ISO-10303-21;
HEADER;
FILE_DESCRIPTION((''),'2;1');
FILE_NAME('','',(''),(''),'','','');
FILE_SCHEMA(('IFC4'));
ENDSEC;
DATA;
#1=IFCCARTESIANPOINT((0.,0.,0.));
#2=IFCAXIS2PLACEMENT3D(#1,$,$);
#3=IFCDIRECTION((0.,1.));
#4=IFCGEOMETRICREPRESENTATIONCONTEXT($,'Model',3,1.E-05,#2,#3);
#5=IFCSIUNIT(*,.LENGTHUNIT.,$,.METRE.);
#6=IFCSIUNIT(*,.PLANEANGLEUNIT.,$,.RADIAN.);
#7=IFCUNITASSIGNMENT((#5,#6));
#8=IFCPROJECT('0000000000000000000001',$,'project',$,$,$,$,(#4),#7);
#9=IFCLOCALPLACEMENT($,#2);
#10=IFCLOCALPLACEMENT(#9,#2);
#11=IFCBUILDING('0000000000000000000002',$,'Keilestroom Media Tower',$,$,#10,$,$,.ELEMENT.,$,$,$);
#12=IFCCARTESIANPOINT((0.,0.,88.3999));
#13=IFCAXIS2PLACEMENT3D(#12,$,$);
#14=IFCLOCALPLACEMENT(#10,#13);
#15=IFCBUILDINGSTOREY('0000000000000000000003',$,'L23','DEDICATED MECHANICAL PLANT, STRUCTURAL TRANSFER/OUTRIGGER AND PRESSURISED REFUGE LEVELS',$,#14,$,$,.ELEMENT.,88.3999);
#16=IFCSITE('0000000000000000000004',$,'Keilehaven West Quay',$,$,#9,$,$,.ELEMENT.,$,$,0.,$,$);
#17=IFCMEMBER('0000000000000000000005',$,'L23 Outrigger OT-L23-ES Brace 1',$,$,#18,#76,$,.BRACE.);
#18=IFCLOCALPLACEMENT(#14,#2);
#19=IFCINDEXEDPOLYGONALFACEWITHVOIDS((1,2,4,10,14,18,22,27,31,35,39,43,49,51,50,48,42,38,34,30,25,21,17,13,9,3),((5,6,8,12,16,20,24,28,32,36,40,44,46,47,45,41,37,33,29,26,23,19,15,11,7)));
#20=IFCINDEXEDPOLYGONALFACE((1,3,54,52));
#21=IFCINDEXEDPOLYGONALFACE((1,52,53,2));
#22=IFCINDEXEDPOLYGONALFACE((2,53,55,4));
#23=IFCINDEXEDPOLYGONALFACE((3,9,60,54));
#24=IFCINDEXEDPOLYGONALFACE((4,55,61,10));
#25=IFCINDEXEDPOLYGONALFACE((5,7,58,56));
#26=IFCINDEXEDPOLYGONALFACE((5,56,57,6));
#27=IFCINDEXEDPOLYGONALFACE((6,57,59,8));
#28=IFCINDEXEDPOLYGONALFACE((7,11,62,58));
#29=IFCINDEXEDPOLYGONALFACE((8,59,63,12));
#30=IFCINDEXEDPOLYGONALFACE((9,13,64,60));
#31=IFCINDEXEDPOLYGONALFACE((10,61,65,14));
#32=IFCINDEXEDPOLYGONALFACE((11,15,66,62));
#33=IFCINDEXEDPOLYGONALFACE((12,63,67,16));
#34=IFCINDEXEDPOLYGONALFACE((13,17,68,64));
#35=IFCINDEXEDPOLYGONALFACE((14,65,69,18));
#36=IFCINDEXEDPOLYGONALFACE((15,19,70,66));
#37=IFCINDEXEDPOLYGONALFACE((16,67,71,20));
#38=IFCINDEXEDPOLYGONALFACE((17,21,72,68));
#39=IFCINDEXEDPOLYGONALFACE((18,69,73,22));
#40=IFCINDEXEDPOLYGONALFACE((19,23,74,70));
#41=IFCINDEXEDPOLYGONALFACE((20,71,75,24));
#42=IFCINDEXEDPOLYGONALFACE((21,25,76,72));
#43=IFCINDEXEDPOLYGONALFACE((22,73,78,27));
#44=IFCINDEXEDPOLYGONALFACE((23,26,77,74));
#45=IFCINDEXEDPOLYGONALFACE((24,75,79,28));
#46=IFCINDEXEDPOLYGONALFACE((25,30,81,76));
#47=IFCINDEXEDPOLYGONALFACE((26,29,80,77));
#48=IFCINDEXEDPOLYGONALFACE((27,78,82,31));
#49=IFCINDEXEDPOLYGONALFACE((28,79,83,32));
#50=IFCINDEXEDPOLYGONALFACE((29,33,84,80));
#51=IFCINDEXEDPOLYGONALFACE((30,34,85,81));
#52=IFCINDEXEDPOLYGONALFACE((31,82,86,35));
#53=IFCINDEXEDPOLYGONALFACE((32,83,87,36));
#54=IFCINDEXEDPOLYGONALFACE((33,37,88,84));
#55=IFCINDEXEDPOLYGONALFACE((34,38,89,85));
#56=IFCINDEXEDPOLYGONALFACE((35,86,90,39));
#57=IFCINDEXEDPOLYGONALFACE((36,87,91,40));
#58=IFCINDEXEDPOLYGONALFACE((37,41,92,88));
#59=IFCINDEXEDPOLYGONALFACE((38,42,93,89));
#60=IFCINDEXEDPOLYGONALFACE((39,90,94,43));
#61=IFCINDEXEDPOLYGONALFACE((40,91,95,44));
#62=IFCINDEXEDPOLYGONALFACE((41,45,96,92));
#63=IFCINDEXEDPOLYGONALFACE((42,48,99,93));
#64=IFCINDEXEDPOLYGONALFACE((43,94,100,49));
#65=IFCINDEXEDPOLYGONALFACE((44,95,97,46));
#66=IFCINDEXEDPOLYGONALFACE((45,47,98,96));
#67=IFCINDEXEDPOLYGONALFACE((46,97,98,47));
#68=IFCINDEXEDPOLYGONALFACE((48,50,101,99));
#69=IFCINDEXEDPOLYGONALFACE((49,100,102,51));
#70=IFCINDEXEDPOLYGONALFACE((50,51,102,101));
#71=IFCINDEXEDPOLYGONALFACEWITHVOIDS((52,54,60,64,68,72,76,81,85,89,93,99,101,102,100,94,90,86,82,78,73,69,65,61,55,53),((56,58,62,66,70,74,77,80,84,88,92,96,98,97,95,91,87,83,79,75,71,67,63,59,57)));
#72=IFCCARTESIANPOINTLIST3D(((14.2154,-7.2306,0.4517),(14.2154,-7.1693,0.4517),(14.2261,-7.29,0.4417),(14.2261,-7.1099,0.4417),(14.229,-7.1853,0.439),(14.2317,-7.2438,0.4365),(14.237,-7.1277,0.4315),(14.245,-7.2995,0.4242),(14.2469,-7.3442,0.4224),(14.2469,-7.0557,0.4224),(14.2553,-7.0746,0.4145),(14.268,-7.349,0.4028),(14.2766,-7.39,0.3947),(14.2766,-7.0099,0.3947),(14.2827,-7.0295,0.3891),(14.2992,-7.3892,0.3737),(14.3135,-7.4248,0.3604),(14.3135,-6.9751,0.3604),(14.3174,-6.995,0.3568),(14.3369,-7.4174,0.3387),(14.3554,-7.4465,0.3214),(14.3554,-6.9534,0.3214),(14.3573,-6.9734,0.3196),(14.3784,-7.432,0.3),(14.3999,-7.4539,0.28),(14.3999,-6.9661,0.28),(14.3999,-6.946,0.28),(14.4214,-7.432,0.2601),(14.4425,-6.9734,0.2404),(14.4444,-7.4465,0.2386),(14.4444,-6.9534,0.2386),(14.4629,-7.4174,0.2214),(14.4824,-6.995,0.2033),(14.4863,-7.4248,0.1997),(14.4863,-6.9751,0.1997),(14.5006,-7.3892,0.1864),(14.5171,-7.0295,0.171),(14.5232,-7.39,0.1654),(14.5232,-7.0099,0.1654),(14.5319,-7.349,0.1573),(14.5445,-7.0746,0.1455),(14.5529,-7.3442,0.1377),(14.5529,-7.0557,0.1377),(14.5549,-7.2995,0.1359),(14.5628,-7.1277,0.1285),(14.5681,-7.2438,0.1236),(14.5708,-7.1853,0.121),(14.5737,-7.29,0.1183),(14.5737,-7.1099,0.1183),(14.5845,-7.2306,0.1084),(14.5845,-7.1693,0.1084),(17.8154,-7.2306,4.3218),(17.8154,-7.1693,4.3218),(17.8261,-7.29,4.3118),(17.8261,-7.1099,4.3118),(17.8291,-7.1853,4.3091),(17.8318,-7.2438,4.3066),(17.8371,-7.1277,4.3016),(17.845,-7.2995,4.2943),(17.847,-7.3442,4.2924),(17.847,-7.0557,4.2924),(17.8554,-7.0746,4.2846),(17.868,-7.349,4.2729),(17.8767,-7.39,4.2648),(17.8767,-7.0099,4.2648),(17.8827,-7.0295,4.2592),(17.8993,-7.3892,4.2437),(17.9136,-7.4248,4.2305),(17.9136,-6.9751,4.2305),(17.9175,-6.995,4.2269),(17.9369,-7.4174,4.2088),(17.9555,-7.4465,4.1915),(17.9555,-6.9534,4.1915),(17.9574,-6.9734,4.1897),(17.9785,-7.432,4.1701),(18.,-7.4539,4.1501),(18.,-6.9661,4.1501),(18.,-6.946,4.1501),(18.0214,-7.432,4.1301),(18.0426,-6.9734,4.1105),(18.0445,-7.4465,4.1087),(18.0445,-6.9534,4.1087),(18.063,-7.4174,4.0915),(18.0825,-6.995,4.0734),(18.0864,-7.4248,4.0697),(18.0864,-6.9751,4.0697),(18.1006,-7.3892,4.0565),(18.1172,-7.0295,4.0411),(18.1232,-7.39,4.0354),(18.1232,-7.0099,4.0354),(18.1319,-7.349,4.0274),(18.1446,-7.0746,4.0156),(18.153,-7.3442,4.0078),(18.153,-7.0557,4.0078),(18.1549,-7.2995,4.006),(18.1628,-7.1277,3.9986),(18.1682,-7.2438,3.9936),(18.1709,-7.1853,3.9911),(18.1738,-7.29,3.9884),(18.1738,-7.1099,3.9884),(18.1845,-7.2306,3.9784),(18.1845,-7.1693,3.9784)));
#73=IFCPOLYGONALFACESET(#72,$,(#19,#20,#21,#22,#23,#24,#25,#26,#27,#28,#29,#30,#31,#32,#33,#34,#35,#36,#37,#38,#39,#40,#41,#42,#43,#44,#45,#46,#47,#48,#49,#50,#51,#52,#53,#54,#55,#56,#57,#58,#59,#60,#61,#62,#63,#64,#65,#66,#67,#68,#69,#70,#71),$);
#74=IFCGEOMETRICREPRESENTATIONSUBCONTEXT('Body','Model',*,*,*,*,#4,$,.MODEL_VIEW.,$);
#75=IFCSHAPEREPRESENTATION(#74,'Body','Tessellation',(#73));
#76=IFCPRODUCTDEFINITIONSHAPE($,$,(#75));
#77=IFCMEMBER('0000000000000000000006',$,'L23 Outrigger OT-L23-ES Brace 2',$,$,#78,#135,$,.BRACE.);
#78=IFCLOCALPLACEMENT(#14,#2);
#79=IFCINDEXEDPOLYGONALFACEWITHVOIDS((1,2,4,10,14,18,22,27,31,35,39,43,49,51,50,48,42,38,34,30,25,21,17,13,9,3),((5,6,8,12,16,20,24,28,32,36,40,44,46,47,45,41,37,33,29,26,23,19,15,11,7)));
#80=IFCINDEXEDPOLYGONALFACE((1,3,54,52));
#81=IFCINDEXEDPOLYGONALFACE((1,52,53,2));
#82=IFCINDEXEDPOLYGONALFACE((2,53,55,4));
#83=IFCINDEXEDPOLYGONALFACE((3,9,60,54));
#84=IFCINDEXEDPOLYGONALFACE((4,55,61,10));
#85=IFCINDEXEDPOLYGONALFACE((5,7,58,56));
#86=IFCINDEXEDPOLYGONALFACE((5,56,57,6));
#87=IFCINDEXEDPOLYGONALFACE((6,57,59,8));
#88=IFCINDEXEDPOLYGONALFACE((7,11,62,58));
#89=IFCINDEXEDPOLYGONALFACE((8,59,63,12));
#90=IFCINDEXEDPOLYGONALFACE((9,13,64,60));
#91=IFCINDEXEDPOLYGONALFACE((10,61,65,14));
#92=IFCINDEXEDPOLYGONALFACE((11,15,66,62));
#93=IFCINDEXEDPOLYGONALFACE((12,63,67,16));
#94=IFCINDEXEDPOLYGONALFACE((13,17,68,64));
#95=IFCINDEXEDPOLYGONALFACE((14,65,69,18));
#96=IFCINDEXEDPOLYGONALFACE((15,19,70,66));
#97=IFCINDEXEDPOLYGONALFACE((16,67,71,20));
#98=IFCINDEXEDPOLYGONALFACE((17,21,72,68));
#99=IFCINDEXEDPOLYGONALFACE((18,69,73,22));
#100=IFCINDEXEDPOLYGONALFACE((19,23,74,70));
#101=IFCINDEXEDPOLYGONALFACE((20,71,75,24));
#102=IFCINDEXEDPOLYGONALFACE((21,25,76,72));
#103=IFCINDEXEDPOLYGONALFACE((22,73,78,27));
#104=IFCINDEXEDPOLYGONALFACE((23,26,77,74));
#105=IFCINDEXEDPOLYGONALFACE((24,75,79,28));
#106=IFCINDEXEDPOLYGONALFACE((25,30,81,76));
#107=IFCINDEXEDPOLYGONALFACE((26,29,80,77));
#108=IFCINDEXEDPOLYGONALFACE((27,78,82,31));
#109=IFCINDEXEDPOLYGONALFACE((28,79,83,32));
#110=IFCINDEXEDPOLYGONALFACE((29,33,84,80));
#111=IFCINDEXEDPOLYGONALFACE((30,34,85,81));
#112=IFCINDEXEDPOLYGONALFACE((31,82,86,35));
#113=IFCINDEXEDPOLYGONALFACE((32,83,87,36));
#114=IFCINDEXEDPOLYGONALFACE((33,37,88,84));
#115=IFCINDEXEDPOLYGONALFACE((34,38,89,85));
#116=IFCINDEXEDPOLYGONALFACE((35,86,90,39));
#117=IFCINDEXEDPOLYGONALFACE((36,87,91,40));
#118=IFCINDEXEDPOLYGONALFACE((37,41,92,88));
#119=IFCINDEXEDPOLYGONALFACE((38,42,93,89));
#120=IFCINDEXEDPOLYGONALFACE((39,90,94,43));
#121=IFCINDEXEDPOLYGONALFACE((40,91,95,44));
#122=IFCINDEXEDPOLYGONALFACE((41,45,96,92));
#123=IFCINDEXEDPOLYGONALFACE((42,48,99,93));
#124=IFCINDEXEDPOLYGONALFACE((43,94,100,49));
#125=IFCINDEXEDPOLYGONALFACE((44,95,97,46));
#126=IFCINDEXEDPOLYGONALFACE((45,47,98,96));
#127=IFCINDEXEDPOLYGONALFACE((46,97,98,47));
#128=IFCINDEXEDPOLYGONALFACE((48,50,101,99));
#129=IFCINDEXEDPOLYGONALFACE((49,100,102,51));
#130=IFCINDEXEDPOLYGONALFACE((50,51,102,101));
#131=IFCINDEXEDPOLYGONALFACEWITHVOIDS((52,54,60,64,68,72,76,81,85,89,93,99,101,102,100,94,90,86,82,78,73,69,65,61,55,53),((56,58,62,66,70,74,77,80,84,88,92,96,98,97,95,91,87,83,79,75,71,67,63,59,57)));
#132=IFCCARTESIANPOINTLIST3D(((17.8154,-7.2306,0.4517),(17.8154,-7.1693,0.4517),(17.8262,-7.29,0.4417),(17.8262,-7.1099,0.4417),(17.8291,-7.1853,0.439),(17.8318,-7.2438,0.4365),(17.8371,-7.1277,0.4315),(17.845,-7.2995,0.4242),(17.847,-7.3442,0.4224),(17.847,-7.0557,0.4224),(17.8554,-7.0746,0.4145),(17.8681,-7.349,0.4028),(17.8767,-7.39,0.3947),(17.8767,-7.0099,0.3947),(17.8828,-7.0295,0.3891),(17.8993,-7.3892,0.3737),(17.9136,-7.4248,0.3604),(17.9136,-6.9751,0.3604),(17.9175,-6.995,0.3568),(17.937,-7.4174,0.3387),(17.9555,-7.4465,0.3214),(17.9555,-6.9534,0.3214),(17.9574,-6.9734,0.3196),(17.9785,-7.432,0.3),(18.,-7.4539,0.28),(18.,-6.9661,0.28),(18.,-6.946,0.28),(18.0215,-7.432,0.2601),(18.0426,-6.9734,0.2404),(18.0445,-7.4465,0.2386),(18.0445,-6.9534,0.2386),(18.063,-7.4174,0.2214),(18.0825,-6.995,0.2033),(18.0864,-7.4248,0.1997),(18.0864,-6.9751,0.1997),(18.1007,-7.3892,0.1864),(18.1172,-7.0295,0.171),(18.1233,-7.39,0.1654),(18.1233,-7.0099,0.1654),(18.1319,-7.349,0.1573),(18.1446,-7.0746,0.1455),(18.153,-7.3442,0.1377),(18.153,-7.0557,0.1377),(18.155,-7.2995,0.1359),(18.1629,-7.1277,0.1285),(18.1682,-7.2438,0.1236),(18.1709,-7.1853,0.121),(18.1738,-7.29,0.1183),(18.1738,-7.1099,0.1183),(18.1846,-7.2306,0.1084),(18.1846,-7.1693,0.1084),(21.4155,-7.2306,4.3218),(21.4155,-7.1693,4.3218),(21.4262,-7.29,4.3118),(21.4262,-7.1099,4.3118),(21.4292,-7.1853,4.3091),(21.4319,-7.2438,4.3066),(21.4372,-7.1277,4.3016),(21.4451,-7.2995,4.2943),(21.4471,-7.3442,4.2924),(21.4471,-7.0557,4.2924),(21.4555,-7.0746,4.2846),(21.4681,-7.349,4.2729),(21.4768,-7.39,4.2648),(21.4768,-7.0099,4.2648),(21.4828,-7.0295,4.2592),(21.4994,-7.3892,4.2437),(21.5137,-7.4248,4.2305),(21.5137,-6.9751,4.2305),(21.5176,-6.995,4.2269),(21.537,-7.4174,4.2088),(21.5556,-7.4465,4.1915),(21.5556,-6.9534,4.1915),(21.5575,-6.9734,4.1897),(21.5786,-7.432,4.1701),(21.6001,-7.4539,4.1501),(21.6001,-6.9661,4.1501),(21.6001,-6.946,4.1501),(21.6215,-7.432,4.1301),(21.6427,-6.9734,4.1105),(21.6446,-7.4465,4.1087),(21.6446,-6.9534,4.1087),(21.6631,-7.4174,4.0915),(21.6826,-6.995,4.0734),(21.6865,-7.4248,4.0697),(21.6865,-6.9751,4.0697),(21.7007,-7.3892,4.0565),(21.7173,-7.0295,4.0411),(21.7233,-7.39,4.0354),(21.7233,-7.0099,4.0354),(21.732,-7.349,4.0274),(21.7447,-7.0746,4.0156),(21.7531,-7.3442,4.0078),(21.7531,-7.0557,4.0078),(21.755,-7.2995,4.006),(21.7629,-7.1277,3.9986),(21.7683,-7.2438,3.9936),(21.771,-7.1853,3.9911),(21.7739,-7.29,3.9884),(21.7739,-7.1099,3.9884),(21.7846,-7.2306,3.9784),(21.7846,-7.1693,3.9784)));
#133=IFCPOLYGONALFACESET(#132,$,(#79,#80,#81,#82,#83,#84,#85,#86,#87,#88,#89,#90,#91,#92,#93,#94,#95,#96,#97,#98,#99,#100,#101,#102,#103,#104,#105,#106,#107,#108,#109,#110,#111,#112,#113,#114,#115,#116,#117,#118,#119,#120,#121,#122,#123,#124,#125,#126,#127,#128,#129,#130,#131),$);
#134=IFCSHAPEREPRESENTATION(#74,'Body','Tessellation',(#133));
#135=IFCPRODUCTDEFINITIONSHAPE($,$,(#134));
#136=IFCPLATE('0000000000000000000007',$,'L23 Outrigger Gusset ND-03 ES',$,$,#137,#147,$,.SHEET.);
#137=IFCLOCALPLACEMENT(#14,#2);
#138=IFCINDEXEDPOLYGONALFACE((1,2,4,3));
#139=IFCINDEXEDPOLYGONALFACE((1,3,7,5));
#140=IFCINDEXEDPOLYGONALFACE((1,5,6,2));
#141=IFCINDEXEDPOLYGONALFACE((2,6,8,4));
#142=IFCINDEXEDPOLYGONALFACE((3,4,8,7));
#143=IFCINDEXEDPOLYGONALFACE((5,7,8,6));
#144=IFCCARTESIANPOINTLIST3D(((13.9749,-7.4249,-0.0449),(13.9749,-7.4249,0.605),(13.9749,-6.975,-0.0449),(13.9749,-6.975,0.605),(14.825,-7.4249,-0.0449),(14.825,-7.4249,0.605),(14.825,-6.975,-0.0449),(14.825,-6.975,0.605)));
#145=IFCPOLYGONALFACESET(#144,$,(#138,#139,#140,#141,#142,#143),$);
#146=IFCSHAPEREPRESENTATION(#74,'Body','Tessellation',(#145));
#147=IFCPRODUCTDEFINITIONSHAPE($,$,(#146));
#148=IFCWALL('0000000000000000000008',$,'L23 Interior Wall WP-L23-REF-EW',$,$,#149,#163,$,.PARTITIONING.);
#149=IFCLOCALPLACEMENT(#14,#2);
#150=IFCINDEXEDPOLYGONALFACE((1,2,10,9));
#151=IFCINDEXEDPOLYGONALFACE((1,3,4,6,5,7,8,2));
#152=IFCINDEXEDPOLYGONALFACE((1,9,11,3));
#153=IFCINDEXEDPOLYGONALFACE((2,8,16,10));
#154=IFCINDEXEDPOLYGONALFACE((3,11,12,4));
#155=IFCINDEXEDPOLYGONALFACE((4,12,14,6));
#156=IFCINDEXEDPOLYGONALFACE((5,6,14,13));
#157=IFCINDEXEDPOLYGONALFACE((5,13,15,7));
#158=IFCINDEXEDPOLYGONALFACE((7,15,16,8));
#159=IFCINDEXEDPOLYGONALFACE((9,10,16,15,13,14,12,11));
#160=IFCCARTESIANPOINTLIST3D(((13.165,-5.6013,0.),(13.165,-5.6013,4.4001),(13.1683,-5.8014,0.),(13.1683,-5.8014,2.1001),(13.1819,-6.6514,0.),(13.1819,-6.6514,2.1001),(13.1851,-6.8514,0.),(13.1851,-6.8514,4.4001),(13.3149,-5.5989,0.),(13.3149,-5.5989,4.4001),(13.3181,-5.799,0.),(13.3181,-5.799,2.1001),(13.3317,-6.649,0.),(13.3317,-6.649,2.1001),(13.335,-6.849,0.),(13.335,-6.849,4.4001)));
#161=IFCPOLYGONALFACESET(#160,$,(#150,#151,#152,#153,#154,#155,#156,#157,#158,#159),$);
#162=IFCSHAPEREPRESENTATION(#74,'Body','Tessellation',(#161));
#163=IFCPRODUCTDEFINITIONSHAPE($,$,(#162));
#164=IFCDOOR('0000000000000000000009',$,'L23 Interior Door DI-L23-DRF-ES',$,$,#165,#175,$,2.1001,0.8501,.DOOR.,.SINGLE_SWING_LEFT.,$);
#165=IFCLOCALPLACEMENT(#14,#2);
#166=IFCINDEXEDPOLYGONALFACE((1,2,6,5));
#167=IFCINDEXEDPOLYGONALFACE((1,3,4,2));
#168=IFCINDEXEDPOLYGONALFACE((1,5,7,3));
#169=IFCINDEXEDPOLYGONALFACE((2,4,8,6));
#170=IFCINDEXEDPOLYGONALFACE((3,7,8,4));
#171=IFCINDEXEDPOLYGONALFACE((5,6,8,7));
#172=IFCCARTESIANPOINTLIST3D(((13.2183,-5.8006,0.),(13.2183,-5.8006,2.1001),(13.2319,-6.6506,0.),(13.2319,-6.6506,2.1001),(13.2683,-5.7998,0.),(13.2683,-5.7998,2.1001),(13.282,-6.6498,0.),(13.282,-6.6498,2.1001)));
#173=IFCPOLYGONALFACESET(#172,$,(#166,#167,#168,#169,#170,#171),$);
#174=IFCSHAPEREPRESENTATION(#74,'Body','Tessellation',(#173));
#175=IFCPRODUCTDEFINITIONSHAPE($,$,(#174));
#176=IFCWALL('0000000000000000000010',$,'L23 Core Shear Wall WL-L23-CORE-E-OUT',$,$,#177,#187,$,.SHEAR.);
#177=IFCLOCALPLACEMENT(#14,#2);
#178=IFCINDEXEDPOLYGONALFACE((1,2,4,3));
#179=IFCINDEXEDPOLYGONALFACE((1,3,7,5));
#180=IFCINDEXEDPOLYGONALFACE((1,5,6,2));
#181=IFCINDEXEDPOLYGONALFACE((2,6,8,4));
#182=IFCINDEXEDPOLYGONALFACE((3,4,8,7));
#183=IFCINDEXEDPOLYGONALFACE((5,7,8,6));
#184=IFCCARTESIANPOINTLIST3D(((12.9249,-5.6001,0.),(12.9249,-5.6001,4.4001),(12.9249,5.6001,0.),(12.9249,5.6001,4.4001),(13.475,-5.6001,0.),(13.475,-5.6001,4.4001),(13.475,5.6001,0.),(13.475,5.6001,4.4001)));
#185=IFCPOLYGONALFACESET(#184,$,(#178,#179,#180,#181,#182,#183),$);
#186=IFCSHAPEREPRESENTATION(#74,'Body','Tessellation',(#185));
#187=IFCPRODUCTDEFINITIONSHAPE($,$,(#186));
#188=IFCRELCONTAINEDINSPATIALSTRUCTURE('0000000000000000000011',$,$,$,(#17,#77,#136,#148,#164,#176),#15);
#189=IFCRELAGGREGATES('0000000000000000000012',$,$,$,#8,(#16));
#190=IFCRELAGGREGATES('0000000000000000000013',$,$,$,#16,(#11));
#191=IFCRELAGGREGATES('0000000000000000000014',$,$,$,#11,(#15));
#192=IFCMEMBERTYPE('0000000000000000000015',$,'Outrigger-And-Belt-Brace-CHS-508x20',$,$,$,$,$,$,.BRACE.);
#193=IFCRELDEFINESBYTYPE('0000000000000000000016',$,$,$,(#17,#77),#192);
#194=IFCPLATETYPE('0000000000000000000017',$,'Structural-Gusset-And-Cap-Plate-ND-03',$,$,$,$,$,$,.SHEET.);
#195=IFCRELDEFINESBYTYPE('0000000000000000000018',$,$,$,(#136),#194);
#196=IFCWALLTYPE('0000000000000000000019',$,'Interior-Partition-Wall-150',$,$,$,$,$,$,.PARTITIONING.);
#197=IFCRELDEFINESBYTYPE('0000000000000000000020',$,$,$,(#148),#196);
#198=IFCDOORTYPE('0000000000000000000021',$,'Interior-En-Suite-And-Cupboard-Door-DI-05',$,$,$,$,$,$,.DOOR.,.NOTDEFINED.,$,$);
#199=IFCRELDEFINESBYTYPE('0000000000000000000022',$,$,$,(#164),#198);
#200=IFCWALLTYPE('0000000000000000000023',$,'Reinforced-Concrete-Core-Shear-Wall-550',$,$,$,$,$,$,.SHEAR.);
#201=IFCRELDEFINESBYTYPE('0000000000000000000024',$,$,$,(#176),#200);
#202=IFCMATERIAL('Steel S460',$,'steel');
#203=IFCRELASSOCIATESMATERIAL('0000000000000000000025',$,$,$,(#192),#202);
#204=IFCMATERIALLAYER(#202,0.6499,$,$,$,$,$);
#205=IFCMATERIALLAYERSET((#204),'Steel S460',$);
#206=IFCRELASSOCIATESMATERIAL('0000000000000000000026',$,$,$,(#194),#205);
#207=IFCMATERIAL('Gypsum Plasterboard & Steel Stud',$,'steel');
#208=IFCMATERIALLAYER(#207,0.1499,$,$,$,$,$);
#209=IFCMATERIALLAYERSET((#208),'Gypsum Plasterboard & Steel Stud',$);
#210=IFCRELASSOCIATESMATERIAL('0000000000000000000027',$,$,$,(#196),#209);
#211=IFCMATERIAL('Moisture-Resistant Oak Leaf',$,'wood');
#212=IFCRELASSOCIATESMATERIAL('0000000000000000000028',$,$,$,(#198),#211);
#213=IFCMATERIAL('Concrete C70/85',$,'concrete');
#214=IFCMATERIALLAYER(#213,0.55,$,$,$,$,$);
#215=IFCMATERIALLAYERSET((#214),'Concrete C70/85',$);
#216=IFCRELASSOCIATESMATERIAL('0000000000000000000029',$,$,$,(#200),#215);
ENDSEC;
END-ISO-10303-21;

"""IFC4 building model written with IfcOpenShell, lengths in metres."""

from ifc_helpers import new_model, si_unit, direction, frame, frame_2d, origin, origin_2d, place, context, subcontext, project, spatial, rectangle, hollow_circle, extrude, source, transform, mapped, material, layer, layer_set, material_profile, profile_set, type_object, element, fill, save


model = new_model("IFC4")

# Units and contexts
model_context = context("Model", 3, precision=1e-05, world=origin(), true_north=direction((0.0, 1.0)))
body_context = subcontext(model_context, "Body", "Model", "MODEL_VIEW")
ifc_project = project(units=[si_unit("LENGTHUNIT", "METRE"), si_unit("PLANEANGLEUNIT", "RADIAN")], contexts=[model_context])

# Site, building, storey
site_placement = place(None, origin())
site = spatial("IfcSite", under=ifc_project, at=site_placement, Name="Keilehaven West Quay", CompositionType="ELEMENT", RefElevation=0.0)
building_placement = place(site_placement, origin())
building = spatial("IfcBuilding", under=site, at=building_placement, Name="Keilestroom Media Tower", CompositionType="ELEMENT")
storey_placement = place(building_placement, frame((0.0, 0.0, 88.3999)))
storey = spatial("IfcBuildingStorey", under=building, at=storey_placement, Name="L23", Description="DEDICATED MECHANICAL PLANT, STRUCTURAL TRANSFER/OUTRIGGER AND PRESSURISED REFUGE LEVELS", CompositionType="ELEMENT", Elevation=88.3999)

# Shared definitions
ifc_material_1 = material(Name="Steel S460", Category="steel")

# Members
ifc_material_profile_1 = material_profile(ifc_material_1, hollow_circle(Radius=0.2539, WallThickness=0.02, at=origin_2d()), Name="CHS 508x20")
ifc_profile_set_1 = profile_set([ifc_material_profile_1], Name="Steel S460")
member_type_1 = type_object("IfcMemberType", Name="Outrigger-And-Belt-Brace-CHS-508x20", PredefinedType="BRACE", material=ifc_profile_set_1)
shared_shape_1 = source(origin(), body_context, "Body", "SweptSolid", [
    extrude(hollow_circle(Radius=0.2539, WallThickness=0.02, at=origin_2d()), origin(), (0.0, 0.0, 1.0), 5.2856),
])
for number, where, z_axis, x_axis, name in (
    (1, (14.3999, -7.2, 0.28), (0.681103, 0.0, 0.732188), (0.0, 1.0, 0.0), "L23 Outrigger OT-L23-ES Brace 1"),
    (2, (18.0, -7.2, 0.28), (0.681103, 0.0, 0.732188), (0.0, 1.0, 0.0), "L23 Outrigger OT-L23-ES Brace 2"),
):
    element("IfcMember", number, at=place(storey_placement, frame(where, z_axis=z_axis, x_axis=x_axis)), inside=storey, type_object=member_type_1, Name=name, PredefinedType="BRACE", context=body_context, shape_type="MappedRepresentation", body=[
        mapped(shared_shape_1, transform((0.0, 0.0, 0.0), x_axis=(1.0, 0.0, 0.0), y_axis=(0.0, 1.0, 0.0), z_axis=(0.0, 0.0, 1.0), scale=1.0)),
    ])

# Plate
ifc_layer_1 = layer(ifc_material_1, 0.6499)
ifc_layer_set_1 = layer_set([ifc_layer_1], Name="Steel S460")
plate_type = type_object("IfcPlateType", Name="Structural-Gusset-And-Cap-Plate-ND-03", PredefinedType="SHEET", material=ifc_layer_set_1)
shared_shape_2 = source(origin(), body_context, "Body", "SweptSolid", [
    extrude(rectangle(XDim=0.8501, YDim=0.45, at=origin_2d()), origin(), (0.0, 0.0, 1.0), 0.6499),
])
plate_placement = place(storey_placement, frame((14.3999, -7.2, -0.0449), z_axis=(0.0, 0.0, 1.0), x_axis=(1.0, 0.0, 0.0)))
element("IfcPlate", 3, at=plate_placement, inside=storey, type_object=plate_type, Name="L23 Outrigger Gusset ND-03 ES", PredefinedType="SHEET", context=body_context, shape_type="MappedRepresentation", body=[
    mapped(shared_shape_2, transform((0.0, 0.0, 0.0), x_axis=(1.0, 0.0, 0.0), y_axis=(0.0, 1.0, 0.0), z_axis=(0.0, 0.0, 1.0), scale=1.0)),
])

# Wall, opening, door
ifc_material_2 = material(Name="Gypsum Plasterboard & Steel Stud", Category="steel")
ifc_layer_2 = layer(ifc_material_2, 0.1499)
ifc_layer_set_2 = layer_set([ifc_layer_2], Name="Gypsum Plasterboard & Steel Stud")
wall_type_1 = type_object("IfcWallType", Name="Interior-Partition-Wall-150", PredefinedType="PARTITIONING", material=ifc_layer_set_2)
wall_1_placement = place(storey_placement, frame((13.26, -6.8501, 0.0), z_axis=(0.0, 0.0, 1.0), x_axis=(-0.016014, 0.999872, 0.0)))
wall_1 = element("IfcWall", 4, at=wall_1_placement, inside=storey, type_object=wall_type_1, Name="L23 Interior Wall WP-L23-REF-EW", PredefinedType="PARTITIONING", context=body_context, shape_type="SweptSolid", body=[
    extrude(rectangle(XDim=1.2502, YDim=0.1499, at=frame_2d((0.625, 0.0))), origin(), (0.0, 0.0, 1.0), 4.4001),
])
opening_placement = place(wall_1_placement, frame((0.2, 0.0, 0.0)))
opening = element("IfcOpeningElement", 5, at=opening_placement, cuts=wall_1, PredefinedType="OPENING", context=body_context, shape_type="SweptSolid", body=[
    extrude(rectangle(XDim=0.8501, YDim=2.1001, at=frame_2d((0.425, 1.05))), frame((0.0, 0.085, 0.0), z_axis=(0.0, -1.0, 0.0), x_axis=(1.0, 0.0, 0.0)), (0.0, 0.0, 1.0), 0.1699),
])
ifc_material_3 = material(Name="Moisture-Resistant Oak Leaf", Category="wood")
door_type = type_object("IfcDoorType", Name="Interior-En-Suite-And-Cupboard-Door-DI-05", OperationType="NOTDEFINED", PredefinedType="DOOR", material=ifc_material_3)
shared_shape_3 = source(origin(), body_context, "Body", "SweptSolid", [
    extrude(rectangle(XDim=0.8501, YDim=2.1001, at=frame_2d((0.425, 1.05))), frame((0.0, 0.0249, 0.0), z_axis=(0.0, -1.0, 0.0), x_axis=(1.0, 0.0, 0.0)), (0.0, 0.0, 1.0), 0.05),
])
door_placement = place(opening_placement, origin())
door = element("IfcDoor", 6, at=door_placement, inside=storey, type_object=door_type, Name="L23 Interior Door DI-L23-DRF-ES", OperationType="SINGLE_SWING_LEFT", OverallHeight=2.1001, OverallWidth=0.8501, PredefinedType="DOOR", context=body_context, shape_type="MappedRepresentation", body=[
    mapped(shared_shape_3, transform((0.0, 0.0, 0.0), x_axis=(1.0, 0.0, 0.0), y_axis=(0.0, 1.0, 0.0), z_axis=(0.0, 0.0, 1.0), scale=1.0)),
])
fill(opening, door)

# Wall
ifc_material_4 = material(Name="Concrete C70/85", Category="concrete")
ifc_layer_3 = layer(ifc_material_4, 0.55)
ifc_layer_set_3 = layer_set([ifc_layer_3], Name="Concrete C70/85")
wall_type_2 = type_object("IfcWallType", Name="Reinforced-Concrete-Core-Shear-Wall-550", PredefinedType="SHEAR", material=ifc_layer_set_3)
wall_2_placement = place(storey_placement, frame((13.2, -5.6001, 0.0), z_axis=(0.0, 0.0, 1.0), x_axis=(0.0, 1.0, 0.0)))
element("IfcWall", 7, at=wall_2_placement, inside=storey, type_object=wall_type_2, Name="L23 Core Shear Wall WL-L23-CORE-E-OUT", PredefinedType="SHEAR", context=body_context, shape_type="SweptSolid", body=[
    extrude(rectangle(XDim=11.2002, YDim=0.55, at=frame_2d((5.6001, 0.0))), origin(), (0.0, 0.0, 1.0), 4.4001),
])

save(model, "model.ifc")
